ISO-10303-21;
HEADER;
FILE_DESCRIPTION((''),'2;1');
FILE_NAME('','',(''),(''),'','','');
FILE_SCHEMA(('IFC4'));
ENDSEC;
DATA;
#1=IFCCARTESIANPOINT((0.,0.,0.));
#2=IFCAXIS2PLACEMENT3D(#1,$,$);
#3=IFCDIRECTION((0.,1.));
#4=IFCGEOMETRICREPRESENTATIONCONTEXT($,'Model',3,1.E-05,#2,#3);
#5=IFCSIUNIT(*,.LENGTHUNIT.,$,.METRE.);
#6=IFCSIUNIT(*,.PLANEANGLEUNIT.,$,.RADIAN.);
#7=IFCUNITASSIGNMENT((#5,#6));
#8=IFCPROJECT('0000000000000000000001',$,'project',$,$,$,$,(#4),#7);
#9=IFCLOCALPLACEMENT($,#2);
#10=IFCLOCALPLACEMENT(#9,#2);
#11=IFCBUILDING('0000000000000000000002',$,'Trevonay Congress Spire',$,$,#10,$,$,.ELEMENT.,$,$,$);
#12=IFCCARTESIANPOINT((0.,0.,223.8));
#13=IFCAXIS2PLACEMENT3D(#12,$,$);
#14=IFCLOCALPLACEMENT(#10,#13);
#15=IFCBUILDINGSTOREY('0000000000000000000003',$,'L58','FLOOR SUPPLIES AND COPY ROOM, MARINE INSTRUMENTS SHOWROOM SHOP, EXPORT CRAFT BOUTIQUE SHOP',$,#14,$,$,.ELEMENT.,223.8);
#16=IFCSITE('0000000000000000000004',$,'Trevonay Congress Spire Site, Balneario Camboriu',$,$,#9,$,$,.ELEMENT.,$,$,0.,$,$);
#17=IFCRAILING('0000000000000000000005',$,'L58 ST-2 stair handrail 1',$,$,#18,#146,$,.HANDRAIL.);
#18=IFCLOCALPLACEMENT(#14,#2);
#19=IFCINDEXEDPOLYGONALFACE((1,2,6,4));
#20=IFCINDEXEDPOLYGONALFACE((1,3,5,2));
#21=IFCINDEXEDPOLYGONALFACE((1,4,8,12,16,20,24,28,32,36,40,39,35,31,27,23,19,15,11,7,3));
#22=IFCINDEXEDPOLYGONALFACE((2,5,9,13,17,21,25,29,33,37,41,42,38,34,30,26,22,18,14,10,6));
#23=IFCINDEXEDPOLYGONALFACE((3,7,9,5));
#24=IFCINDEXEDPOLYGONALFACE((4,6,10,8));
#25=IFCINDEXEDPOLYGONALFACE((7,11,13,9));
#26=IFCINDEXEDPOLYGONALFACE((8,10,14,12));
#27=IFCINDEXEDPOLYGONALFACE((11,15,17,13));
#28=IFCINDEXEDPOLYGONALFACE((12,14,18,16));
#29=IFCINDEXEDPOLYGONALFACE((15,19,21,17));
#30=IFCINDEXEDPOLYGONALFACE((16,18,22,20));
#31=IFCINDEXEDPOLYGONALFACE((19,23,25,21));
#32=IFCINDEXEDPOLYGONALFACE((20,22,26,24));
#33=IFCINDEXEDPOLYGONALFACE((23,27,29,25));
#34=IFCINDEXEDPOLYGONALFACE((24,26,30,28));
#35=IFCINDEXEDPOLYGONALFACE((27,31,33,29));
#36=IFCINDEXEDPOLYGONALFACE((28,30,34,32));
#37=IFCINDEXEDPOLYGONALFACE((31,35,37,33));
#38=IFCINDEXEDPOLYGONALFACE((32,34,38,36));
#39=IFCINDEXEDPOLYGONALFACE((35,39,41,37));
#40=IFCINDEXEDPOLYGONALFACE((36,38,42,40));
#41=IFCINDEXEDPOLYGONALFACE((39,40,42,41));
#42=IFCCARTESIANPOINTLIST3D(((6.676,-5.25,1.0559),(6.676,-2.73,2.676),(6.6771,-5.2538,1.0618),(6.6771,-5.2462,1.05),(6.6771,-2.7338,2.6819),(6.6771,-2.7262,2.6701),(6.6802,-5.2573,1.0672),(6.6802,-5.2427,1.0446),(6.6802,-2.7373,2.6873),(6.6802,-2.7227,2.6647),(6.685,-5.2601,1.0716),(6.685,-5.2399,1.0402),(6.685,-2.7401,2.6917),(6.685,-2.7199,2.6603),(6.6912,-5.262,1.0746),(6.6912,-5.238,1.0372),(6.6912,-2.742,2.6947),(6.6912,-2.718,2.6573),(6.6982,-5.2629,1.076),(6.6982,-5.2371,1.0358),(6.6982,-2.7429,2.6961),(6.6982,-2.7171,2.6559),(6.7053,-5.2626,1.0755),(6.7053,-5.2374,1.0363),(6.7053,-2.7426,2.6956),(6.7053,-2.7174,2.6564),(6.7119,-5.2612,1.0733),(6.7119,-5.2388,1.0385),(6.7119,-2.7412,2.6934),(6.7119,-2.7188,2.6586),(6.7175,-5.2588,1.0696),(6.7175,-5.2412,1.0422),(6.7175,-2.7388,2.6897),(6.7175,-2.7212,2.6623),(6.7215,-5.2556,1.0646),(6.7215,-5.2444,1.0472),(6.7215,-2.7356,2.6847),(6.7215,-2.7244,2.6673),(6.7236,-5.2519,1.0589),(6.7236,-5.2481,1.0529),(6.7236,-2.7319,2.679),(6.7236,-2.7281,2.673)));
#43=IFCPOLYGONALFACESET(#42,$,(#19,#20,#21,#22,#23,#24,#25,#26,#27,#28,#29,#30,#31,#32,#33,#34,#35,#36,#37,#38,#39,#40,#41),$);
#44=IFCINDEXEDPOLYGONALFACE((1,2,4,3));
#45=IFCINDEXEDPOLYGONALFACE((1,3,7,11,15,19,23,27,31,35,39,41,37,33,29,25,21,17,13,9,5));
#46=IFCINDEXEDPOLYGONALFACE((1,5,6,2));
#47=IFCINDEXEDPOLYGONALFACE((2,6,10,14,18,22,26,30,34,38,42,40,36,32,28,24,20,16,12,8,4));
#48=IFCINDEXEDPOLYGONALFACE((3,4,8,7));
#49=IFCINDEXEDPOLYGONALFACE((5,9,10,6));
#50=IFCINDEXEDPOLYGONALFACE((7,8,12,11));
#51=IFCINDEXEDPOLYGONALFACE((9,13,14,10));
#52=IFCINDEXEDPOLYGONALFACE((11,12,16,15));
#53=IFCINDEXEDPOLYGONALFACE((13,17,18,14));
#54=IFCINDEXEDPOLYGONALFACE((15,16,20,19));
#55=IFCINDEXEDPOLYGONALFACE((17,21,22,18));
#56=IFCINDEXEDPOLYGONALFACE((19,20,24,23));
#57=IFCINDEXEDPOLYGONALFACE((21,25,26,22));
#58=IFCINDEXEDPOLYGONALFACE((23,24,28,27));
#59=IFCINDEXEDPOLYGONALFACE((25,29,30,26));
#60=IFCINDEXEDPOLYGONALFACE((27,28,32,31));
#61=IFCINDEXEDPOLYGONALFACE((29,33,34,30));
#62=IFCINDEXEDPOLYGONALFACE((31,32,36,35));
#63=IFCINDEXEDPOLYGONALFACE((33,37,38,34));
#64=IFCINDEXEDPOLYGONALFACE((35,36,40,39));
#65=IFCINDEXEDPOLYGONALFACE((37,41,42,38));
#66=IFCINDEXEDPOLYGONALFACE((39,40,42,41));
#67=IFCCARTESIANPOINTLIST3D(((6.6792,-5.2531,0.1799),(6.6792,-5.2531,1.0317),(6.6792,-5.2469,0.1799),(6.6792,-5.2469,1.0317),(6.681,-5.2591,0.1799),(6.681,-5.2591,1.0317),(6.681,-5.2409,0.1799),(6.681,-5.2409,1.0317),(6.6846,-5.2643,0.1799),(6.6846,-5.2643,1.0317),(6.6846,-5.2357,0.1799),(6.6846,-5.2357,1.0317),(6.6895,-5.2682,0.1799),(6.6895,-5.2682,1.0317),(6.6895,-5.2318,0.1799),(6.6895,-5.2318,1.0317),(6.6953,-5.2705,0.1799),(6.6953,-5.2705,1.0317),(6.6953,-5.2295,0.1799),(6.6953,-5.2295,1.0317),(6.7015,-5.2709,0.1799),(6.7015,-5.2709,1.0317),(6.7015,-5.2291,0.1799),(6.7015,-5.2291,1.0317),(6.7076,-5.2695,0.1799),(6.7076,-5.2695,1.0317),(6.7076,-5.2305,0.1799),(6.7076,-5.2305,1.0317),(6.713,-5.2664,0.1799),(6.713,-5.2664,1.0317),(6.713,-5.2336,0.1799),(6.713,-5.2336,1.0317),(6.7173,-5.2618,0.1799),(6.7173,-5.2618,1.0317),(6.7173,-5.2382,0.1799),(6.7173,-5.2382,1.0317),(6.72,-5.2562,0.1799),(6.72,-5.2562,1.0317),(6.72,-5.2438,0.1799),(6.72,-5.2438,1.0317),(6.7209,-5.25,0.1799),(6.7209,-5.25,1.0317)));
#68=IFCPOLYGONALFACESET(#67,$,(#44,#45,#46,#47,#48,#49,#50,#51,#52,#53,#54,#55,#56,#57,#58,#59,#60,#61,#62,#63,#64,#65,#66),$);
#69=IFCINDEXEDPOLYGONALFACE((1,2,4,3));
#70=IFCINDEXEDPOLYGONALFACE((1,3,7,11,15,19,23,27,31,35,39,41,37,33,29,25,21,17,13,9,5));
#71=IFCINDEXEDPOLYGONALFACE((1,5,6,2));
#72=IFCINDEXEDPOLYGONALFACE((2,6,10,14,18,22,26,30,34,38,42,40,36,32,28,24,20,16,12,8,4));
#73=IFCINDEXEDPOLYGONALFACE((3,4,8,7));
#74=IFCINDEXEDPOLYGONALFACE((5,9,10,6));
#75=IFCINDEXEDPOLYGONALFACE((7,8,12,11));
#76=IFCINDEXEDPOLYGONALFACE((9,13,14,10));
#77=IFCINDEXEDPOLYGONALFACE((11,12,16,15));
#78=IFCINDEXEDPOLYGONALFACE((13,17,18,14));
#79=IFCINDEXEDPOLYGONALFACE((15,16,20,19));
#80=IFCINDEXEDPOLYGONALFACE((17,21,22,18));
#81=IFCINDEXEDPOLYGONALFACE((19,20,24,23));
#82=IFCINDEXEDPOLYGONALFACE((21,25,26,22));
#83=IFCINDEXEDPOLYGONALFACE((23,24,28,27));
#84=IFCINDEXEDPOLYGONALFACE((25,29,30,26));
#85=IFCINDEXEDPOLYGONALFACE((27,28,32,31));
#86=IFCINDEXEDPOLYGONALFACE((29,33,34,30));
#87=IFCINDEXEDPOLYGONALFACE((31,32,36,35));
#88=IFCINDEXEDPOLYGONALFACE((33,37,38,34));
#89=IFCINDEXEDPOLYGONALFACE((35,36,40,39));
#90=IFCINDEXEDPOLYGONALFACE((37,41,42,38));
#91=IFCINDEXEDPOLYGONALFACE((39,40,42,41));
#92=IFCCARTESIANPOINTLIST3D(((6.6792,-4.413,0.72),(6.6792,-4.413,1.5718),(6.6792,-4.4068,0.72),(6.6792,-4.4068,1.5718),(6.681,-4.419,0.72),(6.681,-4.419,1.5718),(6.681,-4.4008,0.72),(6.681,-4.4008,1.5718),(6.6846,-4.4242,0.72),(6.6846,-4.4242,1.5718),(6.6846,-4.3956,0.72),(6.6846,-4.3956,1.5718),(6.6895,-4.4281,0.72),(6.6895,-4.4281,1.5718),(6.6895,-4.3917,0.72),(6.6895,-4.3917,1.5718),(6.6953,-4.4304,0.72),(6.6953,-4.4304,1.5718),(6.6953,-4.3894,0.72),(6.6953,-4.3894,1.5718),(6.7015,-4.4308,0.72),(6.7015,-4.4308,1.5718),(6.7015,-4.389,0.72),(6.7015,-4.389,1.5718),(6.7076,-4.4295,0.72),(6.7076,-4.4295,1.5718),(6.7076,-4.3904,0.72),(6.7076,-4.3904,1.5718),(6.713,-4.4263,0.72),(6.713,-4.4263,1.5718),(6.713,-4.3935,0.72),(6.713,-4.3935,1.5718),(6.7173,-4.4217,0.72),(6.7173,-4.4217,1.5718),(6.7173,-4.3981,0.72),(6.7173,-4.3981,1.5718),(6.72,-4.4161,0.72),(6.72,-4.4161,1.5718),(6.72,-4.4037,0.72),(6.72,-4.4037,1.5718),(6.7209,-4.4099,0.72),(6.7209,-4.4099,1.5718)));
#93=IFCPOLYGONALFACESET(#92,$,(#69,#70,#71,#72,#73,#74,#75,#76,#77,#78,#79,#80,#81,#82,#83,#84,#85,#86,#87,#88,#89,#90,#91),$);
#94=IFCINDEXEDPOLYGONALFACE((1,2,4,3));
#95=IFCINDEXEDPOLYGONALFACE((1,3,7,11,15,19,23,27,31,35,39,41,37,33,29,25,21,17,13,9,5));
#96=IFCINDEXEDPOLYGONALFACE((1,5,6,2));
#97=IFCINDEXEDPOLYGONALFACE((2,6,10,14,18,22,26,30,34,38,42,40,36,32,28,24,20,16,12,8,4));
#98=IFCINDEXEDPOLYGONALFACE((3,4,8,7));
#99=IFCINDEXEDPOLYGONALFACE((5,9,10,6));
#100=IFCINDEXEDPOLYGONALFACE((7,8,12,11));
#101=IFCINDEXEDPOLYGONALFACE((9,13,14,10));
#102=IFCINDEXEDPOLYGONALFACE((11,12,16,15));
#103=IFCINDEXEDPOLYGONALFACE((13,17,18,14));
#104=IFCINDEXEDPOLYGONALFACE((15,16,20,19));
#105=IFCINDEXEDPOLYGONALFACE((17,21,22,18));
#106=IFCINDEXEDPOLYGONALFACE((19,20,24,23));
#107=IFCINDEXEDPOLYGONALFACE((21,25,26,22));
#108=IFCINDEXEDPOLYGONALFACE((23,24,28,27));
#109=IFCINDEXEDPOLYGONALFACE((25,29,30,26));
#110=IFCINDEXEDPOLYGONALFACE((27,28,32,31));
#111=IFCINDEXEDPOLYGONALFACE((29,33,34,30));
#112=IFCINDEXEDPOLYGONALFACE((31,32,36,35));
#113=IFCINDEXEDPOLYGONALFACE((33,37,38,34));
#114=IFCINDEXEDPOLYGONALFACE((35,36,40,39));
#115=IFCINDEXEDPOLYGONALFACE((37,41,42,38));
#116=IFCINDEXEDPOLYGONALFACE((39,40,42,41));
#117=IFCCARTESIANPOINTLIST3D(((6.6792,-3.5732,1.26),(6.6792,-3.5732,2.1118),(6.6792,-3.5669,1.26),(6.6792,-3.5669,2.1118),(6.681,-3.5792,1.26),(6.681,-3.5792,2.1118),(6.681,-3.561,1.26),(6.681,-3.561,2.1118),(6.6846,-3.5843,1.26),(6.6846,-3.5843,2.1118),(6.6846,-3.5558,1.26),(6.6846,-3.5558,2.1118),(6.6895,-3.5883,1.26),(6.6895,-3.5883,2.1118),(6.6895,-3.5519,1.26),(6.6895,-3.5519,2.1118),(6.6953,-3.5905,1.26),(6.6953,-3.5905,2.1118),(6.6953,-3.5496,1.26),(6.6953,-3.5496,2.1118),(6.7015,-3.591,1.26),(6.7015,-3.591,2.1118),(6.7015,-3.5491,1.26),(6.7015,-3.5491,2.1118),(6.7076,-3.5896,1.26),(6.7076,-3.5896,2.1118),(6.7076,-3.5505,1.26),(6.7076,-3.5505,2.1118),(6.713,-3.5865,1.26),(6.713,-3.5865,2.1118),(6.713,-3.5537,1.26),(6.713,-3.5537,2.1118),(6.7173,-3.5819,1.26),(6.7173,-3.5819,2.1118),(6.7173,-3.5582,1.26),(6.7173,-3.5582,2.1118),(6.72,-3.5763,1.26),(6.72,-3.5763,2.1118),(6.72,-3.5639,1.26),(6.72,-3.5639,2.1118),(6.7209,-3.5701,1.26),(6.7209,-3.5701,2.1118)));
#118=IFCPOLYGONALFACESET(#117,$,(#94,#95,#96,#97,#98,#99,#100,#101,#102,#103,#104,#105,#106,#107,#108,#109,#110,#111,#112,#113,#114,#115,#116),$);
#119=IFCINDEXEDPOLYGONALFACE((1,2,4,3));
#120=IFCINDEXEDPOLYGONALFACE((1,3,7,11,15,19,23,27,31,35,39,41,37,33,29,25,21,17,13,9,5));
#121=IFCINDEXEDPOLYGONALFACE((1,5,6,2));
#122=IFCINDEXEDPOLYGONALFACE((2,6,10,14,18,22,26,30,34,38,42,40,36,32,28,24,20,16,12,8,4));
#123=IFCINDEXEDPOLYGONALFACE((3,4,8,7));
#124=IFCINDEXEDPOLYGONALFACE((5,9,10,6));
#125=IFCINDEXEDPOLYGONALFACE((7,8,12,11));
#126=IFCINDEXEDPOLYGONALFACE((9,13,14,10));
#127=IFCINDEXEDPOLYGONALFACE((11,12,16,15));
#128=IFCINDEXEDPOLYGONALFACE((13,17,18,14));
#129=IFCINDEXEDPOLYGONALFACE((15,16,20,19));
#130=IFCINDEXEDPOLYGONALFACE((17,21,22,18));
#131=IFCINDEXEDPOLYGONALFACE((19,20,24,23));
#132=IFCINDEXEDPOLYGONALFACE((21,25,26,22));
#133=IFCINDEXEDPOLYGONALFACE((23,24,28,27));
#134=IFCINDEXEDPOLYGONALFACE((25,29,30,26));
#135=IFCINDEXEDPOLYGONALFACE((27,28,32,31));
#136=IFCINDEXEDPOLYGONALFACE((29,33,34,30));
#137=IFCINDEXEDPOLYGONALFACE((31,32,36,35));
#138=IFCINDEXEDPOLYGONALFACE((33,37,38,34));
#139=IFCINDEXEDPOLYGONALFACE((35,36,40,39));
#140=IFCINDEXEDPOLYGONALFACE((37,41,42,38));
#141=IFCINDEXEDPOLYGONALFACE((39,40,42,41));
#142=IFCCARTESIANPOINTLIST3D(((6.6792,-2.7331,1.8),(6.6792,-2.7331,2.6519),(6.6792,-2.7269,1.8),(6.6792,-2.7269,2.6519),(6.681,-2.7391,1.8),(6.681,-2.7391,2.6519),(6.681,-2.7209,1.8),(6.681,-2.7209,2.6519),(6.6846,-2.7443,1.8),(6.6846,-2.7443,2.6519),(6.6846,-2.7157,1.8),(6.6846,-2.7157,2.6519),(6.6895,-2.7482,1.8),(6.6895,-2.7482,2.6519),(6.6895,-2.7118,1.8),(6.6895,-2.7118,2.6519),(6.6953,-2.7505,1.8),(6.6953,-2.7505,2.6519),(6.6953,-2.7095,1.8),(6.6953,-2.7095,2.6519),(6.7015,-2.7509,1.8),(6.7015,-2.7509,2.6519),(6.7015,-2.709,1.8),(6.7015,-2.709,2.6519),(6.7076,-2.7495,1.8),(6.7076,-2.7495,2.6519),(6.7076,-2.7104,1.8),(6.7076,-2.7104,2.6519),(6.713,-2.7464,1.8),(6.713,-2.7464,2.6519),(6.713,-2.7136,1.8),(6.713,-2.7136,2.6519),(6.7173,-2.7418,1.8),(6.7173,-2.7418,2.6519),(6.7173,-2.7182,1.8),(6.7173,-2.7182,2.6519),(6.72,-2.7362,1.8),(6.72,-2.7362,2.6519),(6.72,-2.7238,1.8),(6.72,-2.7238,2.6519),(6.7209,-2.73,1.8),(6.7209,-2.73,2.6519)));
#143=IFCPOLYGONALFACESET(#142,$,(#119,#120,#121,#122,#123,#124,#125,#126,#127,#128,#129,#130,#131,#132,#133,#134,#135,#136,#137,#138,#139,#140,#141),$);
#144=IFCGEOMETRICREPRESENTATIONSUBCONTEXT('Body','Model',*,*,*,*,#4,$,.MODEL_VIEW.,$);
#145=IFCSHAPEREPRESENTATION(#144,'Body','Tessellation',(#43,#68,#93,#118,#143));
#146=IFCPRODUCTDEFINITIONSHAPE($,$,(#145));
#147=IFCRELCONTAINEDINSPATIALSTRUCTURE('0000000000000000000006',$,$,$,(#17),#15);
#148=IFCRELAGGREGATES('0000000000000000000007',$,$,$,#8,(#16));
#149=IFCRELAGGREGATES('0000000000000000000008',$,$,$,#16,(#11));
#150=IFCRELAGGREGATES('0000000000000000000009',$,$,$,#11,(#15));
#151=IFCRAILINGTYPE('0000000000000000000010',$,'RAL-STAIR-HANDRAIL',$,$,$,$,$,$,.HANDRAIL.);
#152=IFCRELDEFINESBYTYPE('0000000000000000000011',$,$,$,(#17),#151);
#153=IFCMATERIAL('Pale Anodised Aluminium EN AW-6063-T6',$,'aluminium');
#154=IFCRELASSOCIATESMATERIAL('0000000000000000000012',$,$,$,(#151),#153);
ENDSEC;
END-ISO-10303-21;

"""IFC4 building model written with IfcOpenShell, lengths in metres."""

from ifc_helpers import new_model, si_unit, direction, frame, origin, origin_2d, place, context, subcontext, project, spatial, circle, extrude, material, type_object, element, save


model = new_model("IFC4")

# Units and contexts
model_context = context("Model", 3, precision=1e-05, world=origin(), true_north=direction((0.0, 1.0)))
body_context = subcontext(model_context, "Body", "Model", "MODEL_VIEW")
ifc_project = project(units=[si_unit("LENGTHUNIT", "METRE"), si_unit("PLANEANGLEUNIT", "RADIAN")], contexts=[model_context])

# Site, building, storey
site_placement = place(None, origin())
site = spatial("IfcSite", under=ifc_project, at=site_placement, Name="Trevonay Congress Spire Site, Balneario Camboriu", CompositionType="ELEMENT", RefElevation=0.0)
building_placement = place(site_placement, origin())
building = spatial("IfcBuilding", under=site, at=building_placement, Name="Trevonay Congress Spire", CompositionType="ELEMENT")
storey_placement = place(building_placement, frame((0.0, 0.0, 223.8)))
storey = spatial("IfcBuildingStorey", under=building, at=storey_placement, Name="L58", Description="FLOOR SUPPLIES AND COPY ROOM, MARINE INSTRUMENTS SHOWROOM SHOP, EXPORT CRAFT BOUTIQUE SHOP", CompositionType="ELEMENT", Elevation=223.8)

# Shared definitions
ifc_material_1 = material(Name="Pale Anodised Aluminium EN AW-6063-T6", Category="aluminium")

# Railing
railing_type_1 = type_object("IfcRailingType", Name="RAL-STAIR-HANDRAIL", PredefinedType="HANDRAIL", material=ifc_material_1)
railing_1_placement = place(storey_placement, frame((6.7, -5.25, 0.1799)))
element("IfcRailing", 1, at=railing_1_placement, inside=storey, type_object=railing_type_1, Name="L58 ST-2 stair handrail 1", PredefinedType="HANDRAIL", context=body_context, shape_type="SweptSolid", body=[
    extrude(circle(Radius=0.0239, at=origin_2d()), frame((0.0, 0.0, 0.876), z_axis=(0.0, 0.841163, 0.540782), x_axis=(-1.0, 0.0, 0.0)), (0.0, 0.0, 1.0), 2.9958),
    extrude(circle(Radius=0.021, at=origin_2d()), origin(), (0.0, 0.0, 1.0), 0.8518),
    extrude(circle(Radius=0.021, at=origin_2d()), frame((0.0, 0.8401, 0.54)), (0.0, 0.0, 1.0), 0.8518),
    extrude(circle(Radius=0.021, at=origin_2d()), frame((0.0, 1.6799, 1.0801)), (0.0, 0.0, 1.0), 0.8518),
    extrude(circle(Radius=0.021, at=origin_2d()), frame((0.0, 2.52, 1.6201)), (0.0, 0.0, 1.0), 0.8518),
])

save(model, "model.ifc")
